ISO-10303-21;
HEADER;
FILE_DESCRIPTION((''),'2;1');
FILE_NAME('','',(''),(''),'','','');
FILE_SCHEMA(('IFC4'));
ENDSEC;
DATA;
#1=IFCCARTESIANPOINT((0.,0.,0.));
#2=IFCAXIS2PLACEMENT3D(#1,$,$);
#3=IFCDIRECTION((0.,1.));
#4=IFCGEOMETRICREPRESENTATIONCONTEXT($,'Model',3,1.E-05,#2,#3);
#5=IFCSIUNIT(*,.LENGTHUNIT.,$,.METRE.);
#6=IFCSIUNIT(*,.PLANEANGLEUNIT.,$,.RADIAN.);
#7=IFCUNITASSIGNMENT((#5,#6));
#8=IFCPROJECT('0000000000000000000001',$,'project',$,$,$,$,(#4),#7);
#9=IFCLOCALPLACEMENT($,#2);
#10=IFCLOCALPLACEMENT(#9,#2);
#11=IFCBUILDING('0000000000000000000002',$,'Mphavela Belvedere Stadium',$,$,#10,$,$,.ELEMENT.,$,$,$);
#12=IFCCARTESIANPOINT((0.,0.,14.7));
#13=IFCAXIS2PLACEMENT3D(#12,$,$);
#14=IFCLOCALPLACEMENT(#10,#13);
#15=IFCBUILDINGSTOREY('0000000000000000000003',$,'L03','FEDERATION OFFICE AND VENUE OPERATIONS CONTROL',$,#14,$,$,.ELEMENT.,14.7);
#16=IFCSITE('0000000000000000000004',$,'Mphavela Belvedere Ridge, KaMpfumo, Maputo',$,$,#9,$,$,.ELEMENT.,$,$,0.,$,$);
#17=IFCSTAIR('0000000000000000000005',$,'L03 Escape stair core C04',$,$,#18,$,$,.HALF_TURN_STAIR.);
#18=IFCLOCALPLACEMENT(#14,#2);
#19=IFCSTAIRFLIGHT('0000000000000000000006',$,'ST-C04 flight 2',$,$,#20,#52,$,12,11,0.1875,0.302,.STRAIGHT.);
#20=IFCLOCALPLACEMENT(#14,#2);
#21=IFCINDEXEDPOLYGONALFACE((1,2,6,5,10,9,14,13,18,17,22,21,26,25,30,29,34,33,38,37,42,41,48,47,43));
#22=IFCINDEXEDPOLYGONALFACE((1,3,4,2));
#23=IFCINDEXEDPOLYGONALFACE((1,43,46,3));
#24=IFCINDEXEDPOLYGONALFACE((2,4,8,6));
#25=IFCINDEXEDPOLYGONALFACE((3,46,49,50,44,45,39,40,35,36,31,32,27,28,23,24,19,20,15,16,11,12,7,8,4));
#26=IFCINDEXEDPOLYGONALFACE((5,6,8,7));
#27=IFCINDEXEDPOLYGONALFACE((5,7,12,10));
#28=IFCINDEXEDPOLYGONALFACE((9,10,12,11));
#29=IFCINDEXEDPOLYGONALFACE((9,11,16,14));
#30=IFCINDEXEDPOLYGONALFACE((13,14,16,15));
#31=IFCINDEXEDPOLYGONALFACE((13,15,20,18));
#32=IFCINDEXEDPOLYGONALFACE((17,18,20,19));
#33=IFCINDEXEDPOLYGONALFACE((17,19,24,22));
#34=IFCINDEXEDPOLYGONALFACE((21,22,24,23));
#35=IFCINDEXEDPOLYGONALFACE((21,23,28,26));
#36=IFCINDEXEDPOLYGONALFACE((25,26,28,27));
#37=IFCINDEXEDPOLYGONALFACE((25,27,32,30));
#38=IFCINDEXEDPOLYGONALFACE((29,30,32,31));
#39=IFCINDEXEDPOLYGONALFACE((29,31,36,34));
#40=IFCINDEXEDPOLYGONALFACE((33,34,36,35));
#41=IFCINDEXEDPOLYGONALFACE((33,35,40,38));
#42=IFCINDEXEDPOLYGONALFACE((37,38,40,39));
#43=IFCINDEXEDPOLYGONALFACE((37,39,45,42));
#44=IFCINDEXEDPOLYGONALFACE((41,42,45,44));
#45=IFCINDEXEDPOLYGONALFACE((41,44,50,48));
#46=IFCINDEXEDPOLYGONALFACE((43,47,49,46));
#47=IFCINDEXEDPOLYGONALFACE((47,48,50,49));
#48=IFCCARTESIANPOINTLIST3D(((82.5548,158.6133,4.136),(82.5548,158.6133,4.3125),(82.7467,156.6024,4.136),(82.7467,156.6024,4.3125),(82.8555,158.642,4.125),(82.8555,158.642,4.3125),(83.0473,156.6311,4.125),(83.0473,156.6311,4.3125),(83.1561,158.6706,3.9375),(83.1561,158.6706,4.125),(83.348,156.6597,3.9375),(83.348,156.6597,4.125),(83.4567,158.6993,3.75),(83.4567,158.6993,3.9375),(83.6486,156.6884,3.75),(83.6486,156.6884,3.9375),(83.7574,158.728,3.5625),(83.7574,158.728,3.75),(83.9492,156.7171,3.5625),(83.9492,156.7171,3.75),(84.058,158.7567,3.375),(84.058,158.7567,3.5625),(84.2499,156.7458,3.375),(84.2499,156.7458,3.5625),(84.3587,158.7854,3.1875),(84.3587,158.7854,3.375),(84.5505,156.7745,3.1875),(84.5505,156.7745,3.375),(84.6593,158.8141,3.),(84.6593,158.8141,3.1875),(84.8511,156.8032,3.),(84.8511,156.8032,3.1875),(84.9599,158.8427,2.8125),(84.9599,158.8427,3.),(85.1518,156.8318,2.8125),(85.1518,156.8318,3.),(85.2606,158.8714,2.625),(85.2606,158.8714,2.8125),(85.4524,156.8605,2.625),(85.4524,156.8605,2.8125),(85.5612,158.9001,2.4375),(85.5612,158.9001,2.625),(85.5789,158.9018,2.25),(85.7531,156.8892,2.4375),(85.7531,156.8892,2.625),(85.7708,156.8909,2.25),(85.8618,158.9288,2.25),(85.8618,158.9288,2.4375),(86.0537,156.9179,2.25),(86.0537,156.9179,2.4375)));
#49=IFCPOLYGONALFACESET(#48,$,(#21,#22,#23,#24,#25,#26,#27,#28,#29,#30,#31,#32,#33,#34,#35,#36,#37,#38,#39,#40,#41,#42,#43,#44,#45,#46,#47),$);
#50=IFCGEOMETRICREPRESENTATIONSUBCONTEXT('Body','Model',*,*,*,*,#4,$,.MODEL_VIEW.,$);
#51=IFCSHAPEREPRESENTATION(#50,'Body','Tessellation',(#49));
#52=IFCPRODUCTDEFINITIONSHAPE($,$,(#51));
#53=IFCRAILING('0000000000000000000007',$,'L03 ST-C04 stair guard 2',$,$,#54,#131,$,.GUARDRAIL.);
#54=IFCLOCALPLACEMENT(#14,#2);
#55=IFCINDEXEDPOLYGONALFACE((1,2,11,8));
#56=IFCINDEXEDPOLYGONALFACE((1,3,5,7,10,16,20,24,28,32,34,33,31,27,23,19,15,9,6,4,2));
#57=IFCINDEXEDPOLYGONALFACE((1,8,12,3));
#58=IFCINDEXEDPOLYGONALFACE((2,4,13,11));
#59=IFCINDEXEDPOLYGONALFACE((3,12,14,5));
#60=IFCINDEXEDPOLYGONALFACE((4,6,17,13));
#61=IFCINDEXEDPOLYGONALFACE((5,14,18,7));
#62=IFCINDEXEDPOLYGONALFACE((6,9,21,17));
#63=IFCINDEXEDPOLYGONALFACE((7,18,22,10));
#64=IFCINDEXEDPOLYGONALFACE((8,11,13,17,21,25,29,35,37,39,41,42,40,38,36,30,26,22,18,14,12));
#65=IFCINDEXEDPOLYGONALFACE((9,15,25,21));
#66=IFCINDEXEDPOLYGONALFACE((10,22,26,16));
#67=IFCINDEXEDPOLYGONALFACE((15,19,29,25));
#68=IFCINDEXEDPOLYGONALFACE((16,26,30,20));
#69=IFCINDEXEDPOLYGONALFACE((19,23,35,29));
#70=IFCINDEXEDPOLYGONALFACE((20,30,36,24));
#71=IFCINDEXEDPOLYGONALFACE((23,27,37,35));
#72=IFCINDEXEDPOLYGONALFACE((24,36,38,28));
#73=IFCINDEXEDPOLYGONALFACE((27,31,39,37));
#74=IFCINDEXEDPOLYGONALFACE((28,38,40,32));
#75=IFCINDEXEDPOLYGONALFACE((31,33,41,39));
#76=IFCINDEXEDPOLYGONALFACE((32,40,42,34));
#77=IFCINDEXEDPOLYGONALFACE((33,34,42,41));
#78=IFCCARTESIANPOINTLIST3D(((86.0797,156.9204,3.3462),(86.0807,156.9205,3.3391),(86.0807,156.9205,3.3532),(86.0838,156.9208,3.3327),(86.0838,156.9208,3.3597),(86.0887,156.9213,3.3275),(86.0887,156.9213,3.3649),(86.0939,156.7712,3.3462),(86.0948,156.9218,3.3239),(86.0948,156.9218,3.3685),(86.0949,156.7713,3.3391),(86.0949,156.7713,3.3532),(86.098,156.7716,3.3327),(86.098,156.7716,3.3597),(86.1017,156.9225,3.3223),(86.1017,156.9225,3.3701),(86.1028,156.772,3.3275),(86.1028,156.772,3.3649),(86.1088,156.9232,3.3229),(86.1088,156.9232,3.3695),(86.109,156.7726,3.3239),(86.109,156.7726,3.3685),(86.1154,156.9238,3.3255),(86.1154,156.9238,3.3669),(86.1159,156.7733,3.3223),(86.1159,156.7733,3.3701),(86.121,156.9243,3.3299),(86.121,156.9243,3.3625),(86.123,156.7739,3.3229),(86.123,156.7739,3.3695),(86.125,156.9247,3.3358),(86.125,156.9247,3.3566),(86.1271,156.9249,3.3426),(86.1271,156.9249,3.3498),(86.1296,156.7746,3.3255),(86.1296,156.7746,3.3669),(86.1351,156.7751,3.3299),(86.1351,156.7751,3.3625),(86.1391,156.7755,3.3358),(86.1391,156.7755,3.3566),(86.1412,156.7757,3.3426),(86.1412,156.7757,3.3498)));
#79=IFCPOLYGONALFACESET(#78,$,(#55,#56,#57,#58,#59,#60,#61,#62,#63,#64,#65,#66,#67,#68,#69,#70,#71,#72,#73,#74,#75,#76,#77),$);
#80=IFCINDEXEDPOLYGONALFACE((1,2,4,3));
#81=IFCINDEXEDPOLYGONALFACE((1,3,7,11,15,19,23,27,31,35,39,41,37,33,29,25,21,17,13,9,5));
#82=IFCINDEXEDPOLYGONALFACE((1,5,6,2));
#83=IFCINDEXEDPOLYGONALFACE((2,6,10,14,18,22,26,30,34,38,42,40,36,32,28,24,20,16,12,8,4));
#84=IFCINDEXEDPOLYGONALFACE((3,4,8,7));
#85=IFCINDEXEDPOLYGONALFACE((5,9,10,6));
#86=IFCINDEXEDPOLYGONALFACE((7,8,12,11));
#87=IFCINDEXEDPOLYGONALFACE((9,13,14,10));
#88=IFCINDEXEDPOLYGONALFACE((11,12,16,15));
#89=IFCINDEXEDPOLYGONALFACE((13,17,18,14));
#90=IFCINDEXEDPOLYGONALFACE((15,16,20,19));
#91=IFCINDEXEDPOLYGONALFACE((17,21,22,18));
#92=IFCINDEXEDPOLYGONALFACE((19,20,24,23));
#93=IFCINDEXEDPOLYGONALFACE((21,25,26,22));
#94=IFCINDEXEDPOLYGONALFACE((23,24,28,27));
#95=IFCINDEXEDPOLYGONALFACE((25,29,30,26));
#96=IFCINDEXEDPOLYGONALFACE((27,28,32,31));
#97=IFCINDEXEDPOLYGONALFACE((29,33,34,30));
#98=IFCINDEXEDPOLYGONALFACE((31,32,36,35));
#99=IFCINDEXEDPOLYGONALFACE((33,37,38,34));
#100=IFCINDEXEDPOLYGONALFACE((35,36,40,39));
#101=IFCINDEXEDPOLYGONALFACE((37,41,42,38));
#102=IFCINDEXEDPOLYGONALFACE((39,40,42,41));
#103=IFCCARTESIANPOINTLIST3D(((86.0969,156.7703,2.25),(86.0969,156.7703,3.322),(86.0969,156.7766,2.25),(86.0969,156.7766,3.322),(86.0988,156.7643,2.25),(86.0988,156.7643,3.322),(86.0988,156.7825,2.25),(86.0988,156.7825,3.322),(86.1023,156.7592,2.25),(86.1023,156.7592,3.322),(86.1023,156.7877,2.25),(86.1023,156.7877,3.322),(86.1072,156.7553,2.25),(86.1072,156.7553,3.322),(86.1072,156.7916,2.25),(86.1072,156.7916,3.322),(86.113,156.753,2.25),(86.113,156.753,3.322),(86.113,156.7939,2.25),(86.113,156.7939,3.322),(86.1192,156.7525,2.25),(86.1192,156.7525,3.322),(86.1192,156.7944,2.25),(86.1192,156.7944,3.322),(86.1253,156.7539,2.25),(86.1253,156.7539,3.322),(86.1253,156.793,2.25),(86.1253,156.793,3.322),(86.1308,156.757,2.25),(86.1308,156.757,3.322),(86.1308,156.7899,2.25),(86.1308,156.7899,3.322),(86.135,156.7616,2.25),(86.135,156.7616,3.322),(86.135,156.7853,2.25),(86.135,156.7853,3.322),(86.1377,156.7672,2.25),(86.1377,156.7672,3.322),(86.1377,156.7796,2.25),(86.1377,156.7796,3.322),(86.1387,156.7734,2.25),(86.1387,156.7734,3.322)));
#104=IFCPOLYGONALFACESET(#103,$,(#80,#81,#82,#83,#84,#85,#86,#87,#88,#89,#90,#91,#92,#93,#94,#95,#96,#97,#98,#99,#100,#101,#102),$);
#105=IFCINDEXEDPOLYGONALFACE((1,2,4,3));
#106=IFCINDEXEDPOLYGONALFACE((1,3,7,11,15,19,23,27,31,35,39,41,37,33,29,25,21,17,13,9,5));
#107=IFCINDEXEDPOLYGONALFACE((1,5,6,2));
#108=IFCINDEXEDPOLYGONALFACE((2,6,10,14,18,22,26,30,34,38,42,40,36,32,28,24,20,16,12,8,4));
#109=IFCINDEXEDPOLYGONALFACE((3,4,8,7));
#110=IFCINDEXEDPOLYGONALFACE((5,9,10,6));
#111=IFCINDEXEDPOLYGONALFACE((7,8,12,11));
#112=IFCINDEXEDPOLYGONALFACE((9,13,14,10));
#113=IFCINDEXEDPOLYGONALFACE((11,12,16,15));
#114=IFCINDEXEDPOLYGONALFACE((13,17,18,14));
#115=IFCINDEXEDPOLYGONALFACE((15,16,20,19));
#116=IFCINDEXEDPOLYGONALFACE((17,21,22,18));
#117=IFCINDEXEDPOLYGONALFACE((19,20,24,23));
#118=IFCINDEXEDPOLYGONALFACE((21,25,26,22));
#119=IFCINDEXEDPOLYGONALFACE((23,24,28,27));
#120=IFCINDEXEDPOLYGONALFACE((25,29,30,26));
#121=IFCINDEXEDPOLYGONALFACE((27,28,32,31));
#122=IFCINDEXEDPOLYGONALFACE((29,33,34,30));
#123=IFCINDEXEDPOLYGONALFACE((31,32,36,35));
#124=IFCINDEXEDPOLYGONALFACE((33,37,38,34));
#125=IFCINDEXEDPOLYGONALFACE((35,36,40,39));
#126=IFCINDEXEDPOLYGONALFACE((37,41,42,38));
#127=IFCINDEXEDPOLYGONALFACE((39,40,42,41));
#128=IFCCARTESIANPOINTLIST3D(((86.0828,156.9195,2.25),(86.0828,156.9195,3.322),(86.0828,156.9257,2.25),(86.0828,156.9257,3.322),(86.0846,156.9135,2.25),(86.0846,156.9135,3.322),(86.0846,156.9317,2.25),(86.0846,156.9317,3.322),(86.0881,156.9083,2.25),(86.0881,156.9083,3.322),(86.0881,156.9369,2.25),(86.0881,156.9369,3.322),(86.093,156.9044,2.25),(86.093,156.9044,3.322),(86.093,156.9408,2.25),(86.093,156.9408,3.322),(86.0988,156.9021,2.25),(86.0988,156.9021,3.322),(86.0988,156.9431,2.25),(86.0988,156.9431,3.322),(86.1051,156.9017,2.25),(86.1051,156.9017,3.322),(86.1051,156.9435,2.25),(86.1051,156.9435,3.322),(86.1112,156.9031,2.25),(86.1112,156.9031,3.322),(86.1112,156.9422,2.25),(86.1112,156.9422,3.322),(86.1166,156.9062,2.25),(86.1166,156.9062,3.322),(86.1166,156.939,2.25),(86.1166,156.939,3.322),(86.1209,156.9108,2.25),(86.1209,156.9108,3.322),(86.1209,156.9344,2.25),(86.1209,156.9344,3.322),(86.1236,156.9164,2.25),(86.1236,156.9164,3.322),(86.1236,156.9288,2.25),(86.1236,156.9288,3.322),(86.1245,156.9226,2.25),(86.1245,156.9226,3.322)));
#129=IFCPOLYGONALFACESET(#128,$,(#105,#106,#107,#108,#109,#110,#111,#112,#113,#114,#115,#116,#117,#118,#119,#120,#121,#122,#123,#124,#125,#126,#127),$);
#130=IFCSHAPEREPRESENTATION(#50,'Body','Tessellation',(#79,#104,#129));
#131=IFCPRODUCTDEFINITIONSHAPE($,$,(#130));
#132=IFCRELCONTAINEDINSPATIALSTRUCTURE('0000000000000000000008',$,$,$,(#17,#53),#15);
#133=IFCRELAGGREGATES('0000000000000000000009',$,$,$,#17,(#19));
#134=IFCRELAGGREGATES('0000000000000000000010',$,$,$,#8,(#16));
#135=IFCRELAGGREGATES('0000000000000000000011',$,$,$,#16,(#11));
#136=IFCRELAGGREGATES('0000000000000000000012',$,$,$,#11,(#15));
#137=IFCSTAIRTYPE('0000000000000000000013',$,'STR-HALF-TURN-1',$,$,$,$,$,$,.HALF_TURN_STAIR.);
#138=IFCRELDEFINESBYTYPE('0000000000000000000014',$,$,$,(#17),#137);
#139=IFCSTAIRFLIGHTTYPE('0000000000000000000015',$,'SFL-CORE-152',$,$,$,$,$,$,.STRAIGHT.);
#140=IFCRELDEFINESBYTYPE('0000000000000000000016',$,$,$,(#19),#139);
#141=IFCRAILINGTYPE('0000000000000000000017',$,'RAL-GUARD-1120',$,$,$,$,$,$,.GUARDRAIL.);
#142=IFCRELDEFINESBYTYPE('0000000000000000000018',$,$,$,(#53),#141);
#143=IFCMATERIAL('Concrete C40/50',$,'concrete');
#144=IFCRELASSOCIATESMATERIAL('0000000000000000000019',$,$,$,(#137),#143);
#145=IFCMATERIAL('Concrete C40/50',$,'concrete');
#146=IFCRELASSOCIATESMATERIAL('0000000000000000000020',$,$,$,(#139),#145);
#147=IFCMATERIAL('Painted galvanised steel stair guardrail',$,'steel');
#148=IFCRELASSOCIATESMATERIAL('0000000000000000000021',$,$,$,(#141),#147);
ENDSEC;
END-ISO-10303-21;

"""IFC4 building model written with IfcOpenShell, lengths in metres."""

from ifc_helpers import new_model, si_unit, direction, frame, origin, origin_2d, place, context, subcontext, project, spatial, polyline, circle, outline, extrude, material, type_object, element, aggregate, save


model = new_model("IFC4")

# Units and contexts
model_context = context("Model", 3, precision=1e-05, world=origin(), true_north=direction((0.0, 1.0)))
body_context = subcontext(model_context, "Body", "Model", "MODEL_VIEW")
ifc_project = project(units=[si_unit("LENGTHUNIT", "METRE"), si_unit("PLANEANGLEUNIT", "RADIAN")], contexts=[model_context])

# Site, building, storey
site_placement = place(None, origin())
site = spatial("IfcSite", under=ifc_project, at=site_placement, Name="Mphavela Belvedere Ridge, KaMpfumo, Maputo", CompositionType="ELEMENT", RefElevation=0.0)
building_placement = place(site_placement, origin())
building = spatial("IfcBuilding", under=site, at=building_placement, Name="Mphavela Belvedere Stadium", CompositionType="ELEMENT")
storey_placement = place(building_placement, frame((0.0, 0.0, 14.7)))
storey = spatial("IfcBuildingStorey", under=building, at=storey_placement, Name="L03", Description="FEDERATION OFFICE AND VENUE OPERATIONS CONTROL", CompositionType="ELEMENT", Elevation=14.7)

# Stair, stair flight
ifc_material_1 = material(Name="Concrete C40/50", Category="concrete")
stair_type = type_object("IfcStairType", Name="STR-HALF-TURN-1", PredefinedType="HALF_TURN_STAIR", material=ifc_material_1)
stair_placement = place(storey_placement, origin())
stair = element("IfcStair", 1, at=stair_placement, inside=storey, type_object=stair_type, Name="L03 Escape stair core C04", PredefinedType="HALF_TURN_STAIR")
ifc_material_2 = material(Name="Concrete C40/50", Category="concrete")
stair_flight_type = type_object("IfcStairFlightType", Name="SFL-CORE-152", PredefinedType="STRAIGHT", material=ifc_material_2)
stair_flight_placement = place(storey_placement, frame((85.9578, 157.9233, 2.25), z_axis=(0.0, 0.0, 1.0), x_axis=(-0.995479, -0.094977, 0.0)))
stair_flight = element("IfcStairFlight", 2, at=stair_flight_placement, type_object=stair_flight_type, Name="ST-C04 flight 2", NumberOfRisers=12, NumberOfTreads=11, PredefinedType="STRAIGHT", RiserHeight=0.1875, TreadLength=0.302, context=body_context, shape_type="SweptSolid", body=[
    extrude(outline(polyline([(0.0, 0.0), (0.0, 0.1875), (0.302, 0.1875), (0.302, 0.375), (0.604, 0.375), (0.604, 0.5625), (0.906, 0.5625), (0.906, 0.75), (1.208, 0.75), (1.208, 0.9375), (1.51, 0.9375), (1.51, 1.125), (1.812, 1.125), (1.812, 1.3125), (2.114, 1.3125), (2.114, 1.5), (2.416, 1.5), (2.416, 1.6875), (2.718, 1.6875), (2.718, 1.875), (3.02, 1.875), (3.02, 2.0625), (3.322, 2.0625), (3.322, 2.25), (3.322, 1.886), (0.2842, 0.0), (0.0, 0.0)])), frame((0.0, 1.01, 0.0), z_axis=(0.0, -1.0, 0.0), x_axis=(1.0, 0.0, 0.0)), (0.0, 0.0, 1.0), 2.02),
])
aggregate(stair, [stair_flight])

# Railing
ifc_material_3 = material(Name="Painted galvanised steel stair guardrail", Category="steel")
railing_type_1 = type_object("IfcRailingType", Name="RAL-GUARD-1120", PredefinedType="GUARDRAIL", material=ifc_material_3)
railing_1_placement = place(storey_placement, frame((86.1177, 156.7734, 2.25)))
element("IfcRailing", 3, at=railing_1_placement, inside=storey, type_object=railing_type_1, Name="L03 ST-C04 stair guard 2", PredefinedType="GUARDRAIL", context=body_context, shape_type="SweptSolid", body=[
    extrude(circle(Radius=0.0239, at=origin_2d()), frame((0.0, 0.0, 1.0962), z_axis=(-0.094502, 0.995525, 0.0), x_axis=(-0.995525, -0.094502, 0.0)), (0.0, 0.0, 1.0), 0.1499),
    extrude(circle(Radius=0.021, at=origin_2d()), origin(), (0.0, 0.0, 1.0), 1.072),
    extrude(circle(Radius=0.021, at=origin_2d()), frame((-0.0142, 0.1492, 0.0)), (0.0, 0.0, 1.0), 1.072),
])

save(model, "model.ifc")
